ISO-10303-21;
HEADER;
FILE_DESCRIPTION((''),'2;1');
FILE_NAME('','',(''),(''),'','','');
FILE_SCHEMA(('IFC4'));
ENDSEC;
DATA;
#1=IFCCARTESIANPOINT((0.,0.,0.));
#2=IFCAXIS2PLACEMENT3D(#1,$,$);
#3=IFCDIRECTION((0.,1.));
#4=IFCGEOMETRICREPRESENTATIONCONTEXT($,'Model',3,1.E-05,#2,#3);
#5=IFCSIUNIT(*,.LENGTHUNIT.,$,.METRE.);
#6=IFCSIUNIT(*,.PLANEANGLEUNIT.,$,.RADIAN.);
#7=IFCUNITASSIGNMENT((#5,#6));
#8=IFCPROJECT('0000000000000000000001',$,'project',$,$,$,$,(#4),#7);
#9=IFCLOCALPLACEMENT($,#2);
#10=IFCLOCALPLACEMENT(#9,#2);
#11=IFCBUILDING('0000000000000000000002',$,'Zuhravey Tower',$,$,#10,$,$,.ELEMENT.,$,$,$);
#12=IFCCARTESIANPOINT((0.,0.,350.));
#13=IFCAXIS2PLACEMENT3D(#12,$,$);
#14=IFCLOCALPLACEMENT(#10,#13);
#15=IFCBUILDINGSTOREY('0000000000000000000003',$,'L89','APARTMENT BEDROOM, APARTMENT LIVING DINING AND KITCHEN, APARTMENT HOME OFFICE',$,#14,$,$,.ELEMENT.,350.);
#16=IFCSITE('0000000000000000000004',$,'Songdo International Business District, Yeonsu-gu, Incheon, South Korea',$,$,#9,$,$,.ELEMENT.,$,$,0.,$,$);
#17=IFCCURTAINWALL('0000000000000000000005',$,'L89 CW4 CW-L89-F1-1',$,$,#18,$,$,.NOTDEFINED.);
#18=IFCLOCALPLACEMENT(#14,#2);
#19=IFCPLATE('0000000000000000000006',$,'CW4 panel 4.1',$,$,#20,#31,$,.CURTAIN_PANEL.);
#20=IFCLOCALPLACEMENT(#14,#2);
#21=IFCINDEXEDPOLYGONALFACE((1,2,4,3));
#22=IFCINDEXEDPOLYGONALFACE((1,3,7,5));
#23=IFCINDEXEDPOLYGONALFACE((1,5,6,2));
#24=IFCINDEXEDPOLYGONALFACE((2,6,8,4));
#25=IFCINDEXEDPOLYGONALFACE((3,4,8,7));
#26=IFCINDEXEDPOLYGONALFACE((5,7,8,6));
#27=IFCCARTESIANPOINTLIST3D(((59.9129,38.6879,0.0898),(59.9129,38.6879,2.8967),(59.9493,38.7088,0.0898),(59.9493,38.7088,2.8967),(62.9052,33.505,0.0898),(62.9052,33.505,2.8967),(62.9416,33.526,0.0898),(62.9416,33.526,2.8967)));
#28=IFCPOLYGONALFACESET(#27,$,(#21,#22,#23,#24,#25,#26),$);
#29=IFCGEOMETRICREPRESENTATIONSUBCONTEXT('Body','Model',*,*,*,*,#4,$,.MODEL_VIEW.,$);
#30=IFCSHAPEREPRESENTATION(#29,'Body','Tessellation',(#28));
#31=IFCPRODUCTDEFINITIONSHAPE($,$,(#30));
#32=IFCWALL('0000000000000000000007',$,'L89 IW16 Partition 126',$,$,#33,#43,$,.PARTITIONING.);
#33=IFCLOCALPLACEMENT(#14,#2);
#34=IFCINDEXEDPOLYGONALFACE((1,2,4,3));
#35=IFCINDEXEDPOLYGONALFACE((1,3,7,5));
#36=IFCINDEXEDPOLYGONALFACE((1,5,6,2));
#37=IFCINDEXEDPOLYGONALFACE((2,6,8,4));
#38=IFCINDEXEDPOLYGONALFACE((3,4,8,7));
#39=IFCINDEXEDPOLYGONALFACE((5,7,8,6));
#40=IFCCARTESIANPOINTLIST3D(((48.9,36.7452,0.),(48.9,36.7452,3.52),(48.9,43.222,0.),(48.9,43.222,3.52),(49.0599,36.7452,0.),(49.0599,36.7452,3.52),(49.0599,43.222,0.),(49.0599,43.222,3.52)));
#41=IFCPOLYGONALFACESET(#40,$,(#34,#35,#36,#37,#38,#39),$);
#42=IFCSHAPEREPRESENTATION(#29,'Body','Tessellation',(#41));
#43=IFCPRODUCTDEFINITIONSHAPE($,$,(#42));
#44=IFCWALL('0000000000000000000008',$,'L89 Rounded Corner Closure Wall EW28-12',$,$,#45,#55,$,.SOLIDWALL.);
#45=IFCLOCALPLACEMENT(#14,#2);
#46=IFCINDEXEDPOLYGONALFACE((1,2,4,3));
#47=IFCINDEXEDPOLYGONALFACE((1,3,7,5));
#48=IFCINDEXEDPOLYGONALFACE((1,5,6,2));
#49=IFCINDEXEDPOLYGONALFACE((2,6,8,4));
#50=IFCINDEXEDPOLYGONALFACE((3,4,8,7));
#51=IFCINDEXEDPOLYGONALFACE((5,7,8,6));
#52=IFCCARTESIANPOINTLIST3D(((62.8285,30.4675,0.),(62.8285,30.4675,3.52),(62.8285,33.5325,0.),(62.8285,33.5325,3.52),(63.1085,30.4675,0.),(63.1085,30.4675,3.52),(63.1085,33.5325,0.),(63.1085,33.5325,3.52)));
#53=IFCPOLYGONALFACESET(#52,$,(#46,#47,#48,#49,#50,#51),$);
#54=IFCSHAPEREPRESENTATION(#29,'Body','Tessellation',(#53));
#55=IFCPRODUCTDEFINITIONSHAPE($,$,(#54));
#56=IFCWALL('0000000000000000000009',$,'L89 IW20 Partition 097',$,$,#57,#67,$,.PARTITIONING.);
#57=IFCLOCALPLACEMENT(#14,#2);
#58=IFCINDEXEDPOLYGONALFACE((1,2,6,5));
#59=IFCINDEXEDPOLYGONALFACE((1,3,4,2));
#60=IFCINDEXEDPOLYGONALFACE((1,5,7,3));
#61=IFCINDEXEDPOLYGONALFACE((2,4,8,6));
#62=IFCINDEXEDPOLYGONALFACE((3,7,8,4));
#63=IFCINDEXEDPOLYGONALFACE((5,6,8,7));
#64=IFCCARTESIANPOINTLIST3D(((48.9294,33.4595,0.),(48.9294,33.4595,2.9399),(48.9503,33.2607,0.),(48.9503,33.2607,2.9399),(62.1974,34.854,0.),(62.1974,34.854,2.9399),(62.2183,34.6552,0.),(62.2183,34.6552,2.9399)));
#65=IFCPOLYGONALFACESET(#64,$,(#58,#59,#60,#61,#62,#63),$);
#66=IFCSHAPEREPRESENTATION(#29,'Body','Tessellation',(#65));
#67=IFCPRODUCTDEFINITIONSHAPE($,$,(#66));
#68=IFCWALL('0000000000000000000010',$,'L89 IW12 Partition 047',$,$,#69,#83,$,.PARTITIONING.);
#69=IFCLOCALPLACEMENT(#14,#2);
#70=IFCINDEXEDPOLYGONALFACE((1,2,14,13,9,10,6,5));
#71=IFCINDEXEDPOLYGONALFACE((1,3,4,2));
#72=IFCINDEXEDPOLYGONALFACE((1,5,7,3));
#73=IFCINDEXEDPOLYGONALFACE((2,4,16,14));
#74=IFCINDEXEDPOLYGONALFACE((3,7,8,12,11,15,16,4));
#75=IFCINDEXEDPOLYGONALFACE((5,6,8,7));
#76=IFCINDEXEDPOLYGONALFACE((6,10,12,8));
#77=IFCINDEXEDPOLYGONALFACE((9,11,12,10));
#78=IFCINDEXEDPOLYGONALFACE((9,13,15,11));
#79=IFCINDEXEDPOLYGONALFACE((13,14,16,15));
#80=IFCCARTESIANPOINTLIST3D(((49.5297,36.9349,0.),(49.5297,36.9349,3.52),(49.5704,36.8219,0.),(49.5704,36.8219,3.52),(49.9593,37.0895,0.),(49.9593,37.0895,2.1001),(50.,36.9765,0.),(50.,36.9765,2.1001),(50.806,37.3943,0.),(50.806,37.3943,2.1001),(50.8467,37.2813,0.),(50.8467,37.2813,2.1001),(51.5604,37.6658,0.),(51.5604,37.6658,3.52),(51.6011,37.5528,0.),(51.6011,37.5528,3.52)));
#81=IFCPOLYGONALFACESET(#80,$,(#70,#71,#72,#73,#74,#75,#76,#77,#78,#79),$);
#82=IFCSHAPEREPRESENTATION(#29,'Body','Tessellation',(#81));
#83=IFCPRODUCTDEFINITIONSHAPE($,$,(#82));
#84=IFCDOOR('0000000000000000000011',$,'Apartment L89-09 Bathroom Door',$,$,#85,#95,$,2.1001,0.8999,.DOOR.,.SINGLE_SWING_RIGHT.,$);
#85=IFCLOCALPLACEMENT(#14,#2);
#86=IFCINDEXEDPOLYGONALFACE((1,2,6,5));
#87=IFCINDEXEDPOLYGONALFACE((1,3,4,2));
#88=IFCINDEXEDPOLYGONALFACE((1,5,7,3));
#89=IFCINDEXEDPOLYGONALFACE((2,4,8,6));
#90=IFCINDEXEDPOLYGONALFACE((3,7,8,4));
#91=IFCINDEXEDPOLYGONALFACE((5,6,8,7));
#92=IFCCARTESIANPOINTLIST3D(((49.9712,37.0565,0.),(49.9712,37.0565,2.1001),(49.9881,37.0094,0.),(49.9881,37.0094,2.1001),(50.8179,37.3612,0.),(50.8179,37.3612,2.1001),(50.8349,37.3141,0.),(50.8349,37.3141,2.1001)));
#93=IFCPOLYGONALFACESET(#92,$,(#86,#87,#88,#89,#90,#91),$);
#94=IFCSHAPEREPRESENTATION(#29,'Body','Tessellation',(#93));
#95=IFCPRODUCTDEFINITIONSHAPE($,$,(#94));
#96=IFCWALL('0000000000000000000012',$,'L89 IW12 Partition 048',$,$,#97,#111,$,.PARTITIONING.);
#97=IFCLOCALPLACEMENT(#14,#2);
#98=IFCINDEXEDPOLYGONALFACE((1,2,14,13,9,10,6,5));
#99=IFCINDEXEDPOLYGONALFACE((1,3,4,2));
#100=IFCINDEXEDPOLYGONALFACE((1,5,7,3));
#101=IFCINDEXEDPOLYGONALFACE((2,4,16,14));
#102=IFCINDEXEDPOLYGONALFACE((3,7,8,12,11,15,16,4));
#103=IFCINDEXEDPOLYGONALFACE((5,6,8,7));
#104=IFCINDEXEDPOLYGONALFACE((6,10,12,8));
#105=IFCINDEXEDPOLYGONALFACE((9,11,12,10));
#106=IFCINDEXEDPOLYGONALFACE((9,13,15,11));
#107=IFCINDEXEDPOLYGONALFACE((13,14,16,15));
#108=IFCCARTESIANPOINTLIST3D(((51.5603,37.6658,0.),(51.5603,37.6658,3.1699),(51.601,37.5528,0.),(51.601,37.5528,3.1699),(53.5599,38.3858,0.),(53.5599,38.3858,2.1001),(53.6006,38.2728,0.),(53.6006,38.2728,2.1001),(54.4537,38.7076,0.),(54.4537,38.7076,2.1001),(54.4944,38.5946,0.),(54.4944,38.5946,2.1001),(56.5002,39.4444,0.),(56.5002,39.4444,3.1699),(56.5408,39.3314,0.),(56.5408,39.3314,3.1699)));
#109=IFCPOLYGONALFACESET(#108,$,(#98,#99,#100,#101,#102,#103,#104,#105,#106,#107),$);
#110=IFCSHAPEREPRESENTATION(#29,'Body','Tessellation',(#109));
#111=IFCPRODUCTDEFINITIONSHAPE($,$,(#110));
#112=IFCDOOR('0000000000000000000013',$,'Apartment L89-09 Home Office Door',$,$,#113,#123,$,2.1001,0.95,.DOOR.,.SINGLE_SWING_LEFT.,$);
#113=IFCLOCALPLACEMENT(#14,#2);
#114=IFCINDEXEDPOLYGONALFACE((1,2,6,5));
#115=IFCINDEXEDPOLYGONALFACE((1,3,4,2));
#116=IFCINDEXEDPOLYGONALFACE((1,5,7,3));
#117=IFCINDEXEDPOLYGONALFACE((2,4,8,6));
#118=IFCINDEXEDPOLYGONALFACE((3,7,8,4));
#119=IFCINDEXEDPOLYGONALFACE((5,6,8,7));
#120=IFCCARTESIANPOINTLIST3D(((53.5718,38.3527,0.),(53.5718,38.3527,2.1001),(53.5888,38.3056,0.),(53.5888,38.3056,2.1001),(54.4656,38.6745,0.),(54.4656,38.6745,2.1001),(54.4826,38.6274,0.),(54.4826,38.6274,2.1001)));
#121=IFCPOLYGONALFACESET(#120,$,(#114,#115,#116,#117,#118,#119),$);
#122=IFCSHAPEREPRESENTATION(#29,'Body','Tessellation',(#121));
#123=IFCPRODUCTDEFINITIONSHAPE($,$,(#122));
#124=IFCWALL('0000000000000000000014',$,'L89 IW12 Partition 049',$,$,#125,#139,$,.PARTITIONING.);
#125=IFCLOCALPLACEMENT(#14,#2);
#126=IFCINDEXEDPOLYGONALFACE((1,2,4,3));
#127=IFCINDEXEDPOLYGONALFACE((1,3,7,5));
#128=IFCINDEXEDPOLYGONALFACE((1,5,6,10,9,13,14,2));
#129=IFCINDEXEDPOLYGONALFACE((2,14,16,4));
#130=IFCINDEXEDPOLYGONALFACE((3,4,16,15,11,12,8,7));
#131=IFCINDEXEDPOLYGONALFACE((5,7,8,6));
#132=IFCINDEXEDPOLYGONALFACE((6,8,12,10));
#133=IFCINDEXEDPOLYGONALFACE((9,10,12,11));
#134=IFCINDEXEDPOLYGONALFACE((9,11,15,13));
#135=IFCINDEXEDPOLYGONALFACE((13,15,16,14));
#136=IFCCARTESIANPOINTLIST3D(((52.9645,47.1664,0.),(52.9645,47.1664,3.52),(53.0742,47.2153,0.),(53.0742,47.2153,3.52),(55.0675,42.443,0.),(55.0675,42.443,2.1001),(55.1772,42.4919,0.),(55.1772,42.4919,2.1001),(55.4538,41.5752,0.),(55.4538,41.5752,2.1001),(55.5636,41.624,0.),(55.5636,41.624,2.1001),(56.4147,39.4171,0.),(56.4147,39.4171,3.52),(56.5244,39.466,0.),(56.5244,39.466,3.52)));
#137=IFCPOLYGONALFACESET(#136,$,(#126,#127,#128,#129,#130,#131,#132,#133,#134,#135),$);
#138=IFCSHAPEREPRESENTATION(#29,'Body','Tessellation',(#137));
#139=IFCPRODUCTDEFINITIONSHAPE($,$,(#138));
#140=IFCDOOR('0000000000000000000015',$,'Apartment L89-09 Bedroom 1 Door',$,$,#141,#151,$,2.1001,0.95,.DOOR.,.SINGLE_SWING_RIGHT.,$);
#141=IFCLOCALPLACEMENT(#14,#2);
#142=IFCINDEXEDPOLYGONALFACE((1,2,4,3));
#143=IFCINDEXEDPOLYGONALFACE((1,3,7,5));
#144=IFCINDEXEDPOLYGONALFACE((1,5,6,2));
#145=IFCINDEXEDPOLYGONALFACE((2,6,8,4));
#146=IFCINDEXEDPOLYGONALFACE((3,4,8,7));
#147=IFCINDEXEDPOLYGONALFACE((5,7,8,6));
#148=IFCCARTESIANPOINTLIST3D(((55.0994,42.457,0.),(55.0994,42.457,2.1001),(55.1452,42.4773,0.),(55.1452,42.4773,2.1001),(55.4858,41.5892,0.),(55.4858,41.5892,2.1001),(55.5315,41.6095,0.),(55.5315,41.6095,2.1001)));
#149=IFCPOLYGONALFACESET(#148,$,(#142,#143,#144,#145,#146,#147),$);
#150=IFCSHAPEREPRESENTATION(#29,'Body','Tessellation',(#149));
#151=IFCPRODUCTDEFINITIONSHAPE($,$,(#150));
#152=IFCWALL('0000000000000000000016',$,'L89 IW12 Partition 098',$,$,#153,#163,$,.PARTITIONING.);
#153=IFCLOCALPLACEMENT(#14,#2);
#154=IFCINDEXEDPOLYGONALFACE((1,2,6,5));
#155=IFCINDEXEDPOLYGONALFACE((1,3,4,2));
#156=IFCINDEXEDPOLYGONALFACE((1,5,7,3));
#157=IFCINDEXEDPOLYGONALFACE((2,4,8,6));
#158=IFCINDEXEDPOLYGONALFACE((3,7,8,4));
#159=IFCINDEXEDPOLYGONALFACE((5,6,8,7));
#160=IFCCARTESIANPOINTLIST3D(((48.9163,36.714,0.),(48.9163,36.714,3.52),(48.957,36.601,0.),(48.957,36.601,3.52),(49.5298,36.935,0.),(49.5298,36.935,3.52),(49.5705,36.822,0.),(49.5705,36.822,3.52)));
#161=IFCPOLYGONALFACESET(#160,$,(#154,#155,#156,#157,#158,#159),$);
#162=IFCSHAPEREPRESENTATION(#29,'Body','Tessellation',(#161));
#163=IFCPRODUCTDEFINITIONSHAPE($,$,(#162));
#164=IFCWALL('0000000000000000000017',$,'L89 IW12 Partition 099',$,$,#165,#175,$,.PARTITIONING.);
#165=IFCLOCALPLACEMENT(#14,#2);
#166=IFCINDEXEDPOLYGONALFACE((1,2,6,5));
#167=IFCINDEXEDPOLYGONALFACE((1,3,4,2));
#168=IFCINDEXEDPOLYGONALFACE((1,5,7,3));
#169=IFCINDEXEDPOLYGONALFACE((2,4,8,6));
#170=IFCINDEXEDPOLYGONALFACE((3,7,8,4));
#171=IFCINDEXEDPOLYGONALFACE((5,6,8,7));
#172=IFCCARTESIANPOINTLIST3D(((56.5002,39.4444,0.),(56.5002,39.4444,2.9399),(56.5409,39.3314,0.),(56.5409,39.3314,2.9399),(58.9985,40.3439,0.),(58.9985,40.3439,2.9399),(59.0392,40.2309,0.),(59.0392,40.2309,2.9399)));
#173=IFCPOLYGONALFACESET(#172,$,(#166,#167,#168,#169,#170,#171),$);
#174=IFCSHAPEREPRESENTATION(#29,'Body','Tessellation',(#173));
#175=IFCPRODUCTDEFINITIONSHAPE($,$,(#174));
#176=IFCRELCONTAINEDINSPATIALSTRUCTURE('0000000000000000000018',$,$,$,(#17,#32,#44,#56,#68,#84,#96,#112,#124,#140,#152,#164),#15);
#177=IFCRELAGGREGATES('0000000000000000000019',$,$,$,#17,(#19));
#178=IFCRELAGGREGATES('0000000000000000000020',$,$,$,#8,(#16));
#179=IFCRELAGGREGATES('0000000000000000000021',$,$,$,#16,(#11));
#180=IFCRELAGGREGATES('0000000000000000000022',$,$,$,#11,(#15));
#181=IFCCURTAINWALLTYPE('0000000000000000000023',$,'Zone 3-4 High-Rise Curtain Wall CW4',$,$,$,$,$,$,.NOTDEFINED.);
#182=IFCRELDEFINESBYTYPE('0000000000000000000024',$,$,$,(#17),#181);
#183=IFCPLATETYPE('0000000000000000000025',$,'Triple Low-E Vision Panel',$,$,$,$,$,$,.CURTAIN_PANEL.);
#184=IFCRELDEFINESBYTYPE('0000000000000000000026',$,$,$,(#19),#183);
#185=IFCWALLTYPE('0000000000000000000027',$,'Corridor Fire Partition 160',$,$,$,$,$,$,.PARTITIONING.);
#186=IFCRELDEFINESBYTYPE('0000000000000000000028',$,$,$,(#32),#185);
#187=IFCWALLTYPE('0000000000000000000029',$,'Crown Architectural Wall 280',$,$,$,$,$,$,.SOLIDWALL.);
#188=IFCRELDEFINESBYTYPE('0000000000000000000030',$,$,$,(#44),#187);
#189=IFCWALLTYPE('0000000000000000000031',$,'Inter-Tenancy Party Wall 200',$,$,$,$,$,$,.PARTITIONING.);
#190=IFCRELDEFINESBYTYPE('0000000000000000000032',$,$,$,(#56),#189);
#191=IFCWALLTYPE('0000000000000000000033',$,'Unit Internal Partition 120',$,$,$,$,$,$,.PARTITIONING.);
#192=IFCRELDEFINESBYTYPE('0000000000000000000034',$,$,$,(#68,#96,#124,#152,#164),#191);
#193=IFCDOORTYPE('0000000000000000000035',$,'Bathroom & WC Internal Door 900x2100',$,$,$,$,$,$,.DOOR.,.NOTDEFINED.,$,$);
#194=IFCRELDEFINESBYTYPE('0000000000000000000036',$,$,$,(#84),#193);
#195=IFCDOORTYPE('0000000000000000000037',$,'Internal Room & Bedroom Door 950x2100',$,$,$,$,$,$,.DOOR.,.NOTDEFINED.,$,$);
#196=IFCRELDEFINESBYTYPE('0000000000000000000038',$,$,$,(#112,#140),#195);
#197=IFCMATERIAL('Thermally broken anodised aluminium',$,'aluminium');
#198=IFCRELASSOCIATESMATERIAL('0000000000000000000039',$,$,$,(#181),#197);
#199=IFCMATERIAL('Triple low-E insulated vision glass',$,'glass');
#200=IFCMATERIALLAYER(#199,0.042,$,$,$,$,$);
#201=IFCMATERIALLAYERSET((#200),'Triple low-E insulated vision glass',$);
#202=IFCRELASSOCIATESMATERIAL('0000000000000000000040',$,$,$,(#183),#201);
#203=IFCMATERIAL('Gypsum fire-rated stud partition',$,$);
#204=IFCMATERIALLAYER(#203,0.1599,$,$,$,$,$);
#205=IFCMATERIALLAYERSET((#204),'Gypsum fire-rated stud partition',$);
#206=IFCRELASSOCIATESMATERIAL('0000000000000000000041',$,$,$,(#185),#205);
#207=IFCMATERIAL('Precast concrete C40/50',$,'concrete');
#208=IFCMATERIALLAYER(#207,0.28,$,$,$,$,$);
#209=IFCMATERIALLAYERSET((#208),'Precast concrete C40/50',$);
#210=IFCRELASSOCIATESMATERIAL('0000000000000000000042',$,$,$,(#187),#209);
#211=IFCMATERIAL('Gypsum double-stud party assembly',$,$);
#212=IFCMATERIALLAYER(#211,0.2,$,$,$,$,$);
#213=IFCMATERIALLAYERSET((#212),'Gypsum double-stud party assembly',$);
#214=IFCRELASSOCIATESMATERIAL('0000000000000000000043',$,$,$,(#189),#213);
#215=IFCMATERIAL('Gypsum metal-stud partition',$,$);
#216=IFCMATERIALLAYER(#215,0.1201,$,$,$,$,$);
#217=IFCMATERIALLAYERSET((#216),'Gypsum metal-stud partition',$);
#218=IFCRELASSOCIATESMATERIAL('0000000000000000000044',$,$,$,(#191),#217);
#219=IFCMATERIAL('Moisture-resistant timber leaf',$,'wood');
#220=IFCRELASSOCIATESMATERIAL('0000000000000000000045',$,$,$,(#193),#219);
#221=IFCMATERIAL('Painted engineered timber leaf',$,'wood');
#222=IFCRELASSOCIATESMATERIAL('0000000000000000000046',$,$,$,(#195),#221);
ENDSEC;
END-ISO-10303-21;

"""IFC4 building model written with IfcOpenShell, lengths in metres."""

from ifc_helpers import new_model, si_unit, direction, frame, frame_2d, origin, origin_2d, place, context, subcontext, project, spatial, rectangle, extrude, material, layer, layer_set, type_object, element, fill, aggregate, save


model = new_model("IFC4")

# Units and contexts
model_context = context("Model", 3, precision=1e-05, world=origin(), true_north=direction((0.0, 1.0)))
body_context = subcontext(model_context, "Body", "Model", "MODEL_VIEW")
ifc_project = project(units=[si_unit("LENGTHUNIT", "METRE"), si_unit("PLANEANGLEUNIT", "RADIAN")], contexts=[model_context])

# Site, building, storey
site_placement = place(None, origin())
site = spatial("IfcSite", under=ifc_project, at=site_placement, Name="Songdo International Business District, Yeonsu-gu, Incheon, South Korea", CompositionType="ELEMENT", RefElevation=0.0)
building_placement = place(site_placement, origin())
building = spatial("IfcBuilding", under=site, at=building_placement, Name="Zuhravey Tower", CompositionType="ELEMENT")
storey_placement = place(building_placement, frame((0.0, 0.0, 350.0)))
storey = spatial("IfcBuildingStorey", under=building, at=storey_placement, Name="L89", Description="APARTMENT BEDROOM, APARTMENT LIVING DINING AND KITCHEN, APARTMENT HOME OFFICE", CompositionType="ELEMENT", Elevation=350.0)

# Curtain wall
ifc_material_1 = material(Name="Thermally broken anodised aluminium", Category="aluminium")
curtain_wall_type = type_object("IfcCurtainWallType", Name="Zone 3-4 High-Rise Curtain Wall CW4", PredefinedType="NOTDEFINED", material=ifc_material_1)
curtain_wall_placement = place(storey_placement, origin())
curtain_wall = element("IfcCurtainWall", 1, at=curtain_wall_placement, inside=storey, type_object=curtain_wall_type, Name="L89 CW4 CW-L89-F1-1", PredefinedType="NOTDEFINED")

# Plate
ifc_material_2 = material(Name="Triple low-E insulated vision glass", Category="glass")
ifc_layer_1 = layer(ifc_material_2, 0.042)
ifc_layer_set_1 = layer_set([ifc_layer_1], Name="Triple low-E insulated vision glass")
plate_type = type_object("IfcPlateType", Name="Triple Low-E Vision Panel", PredefinedType="CURTAIN_PANEL", material=ifc_layer_set_1)
plate_placement = place(storey_placement, frame((61.4272, 36.1069, 0.0898), z_axis=(0.0, 0.0, 1.0), x_axis=(0.5, -0.866026, 0.0)))
plate = element("IfcPlate", 2, at=plate_placement, type_object=plate_type, Name="CW4 panel 4.1", PredefinedType="CURTAIN_PANEL", context=body_context, shape_type="SweptSolid", body=[
    extrude(rectangle(XDim=5.9846, YDim=0.042, at=origin_2d()), origin(), (0.0, 0.0, 1.0), 2.8069),
])
aggregate(curtain_wall, [plate])

# Shared definitions
ifc_material_3 = material(Name="Gypsum fire-rated stud partition")
ifc_layer_2 = layer(ifc_material_3, 0.1599)
ifc_layer_set_2 = layer_set([ifc_layer_2], Name="Gypsum fire-rated stud partition")
wall_type_1 = type_object("IfcWallType", Name="Corridor Fire Partition 160", PredefinedType="PARTITIONING", material=ifc_layer_set_2)

# Walls
wall_1_placement = place(storey_placement, frame((48.98, 36.7454, 0.0), z_axis=(0.0, 0.0, 1.0), x_axis=(0.0, 1.0, 0.0)))
element("IfcWall", 3, at=wall_1_placement, inside=storey, type_object=wall_type_1, Name="L89 IW16 Partition 126", PredefinedType="PARTITIONING", context=body_context, shape_type="SweptSolid", body=[
    extrude(rectangle(XDim=6.4768, YDim=0.1599, at=frame_2d((3.2383, 0.0))), origin(), (0.0, 0.0, 1.0), 3.52),
])
ifc_material_4 = material(Name="Precast concrete C40/50", Category="concrete")
ifc_layer_3 = layer(ifc_material_4, 0.28)
ifc_layer_set_3 = layer_set([ifc_layer_3], Name="Precast concrete C40/50")
wall_type_2 = type_object("IfcWallType", Name="Crown Architectural Wall 280", PredefinedType="SOLIDWALL", material=ifc_layer_set_3)
wall_2_placement = place(storey_placement, frame((62.9685, 33.5325, 0.0), z_axis=(0.0, 0.0, 1.0), x_axis=(0.0, -1.0, 0.0)))
element("IfcWall", 4, at=wall_2_placement, inside=storey, type_object=wall_type_2, Name="L89 Rounded Corner Closure Wall EW28-12", PredefinedType="SOLIDWALL", context=body_context, shape_type="SweptSolid", body=[
    extrude(rectangle(XDim=3.0649, YDim=0.28, at=frame_2d((1.5325, 0.0))), origin(), (0.0, 0.0, 1.0), 3.52),
])
ifc_material_5 = material(Name="Gypsum double-stud party assembly")
ifc_layer_4 = layer(ifc_material_5, 0.2)
ifc_layer_set_4 = layer_set([ifc_layer_4], Name="Gypsum double-stud party assembly")
wall_type_3 = type_object("IfcWallType", Name="Inter-Tenancy Party Wall 200", PredefinedType="PARTITIONING", material=ifc_layer_set_4)
wall_3_placement = place(storey_placement, frame((48.9399, 33.3601, 0.0), z_axis=(0.0, 0.0, 1.0), x_axis=(0.994522, 0.104529, 0.0)))
element("IfcWall", 5, at=wall_3_placement, inside=storey, type_object=wall_type_3, Name="L89 IW20 Partition 097", PredefinedType="PARTITIONING", context=body_context, shape_type="SweptSolid", body=[
    extrude(rectangle(XDim=13.3411, YDim=0.2, at=frame_2d((6.6704, 0.0))), origin(), (0.0, 0.0, 1.0), 2.9399),
])

# Walls, openings, doors
ifc_material_6 = material(Name="Gypsum metal-stud partition")
ifc_layer_5 = layer(ifc_material_6, 0.1201)
ifc_layer_set_5 = layer_set([ifc_layer_5], Name="Gypsum metal-stud partition")
wall_type_4 = type_object("IfcWallType", Name="Unit Internal Partition 120", PredefinedType="PARTITIONING", material=ifc_layer_set_5)
wall_4_placement = place(storey_placement, frame((49.55, 36.8784, 0.0), z_axis=(0.0, 0.0, 1.0), x_axis=(0.940905, 0.338671, 0.0)))
wall_4 = element("IfcWall", 6, at=wall_4_placement, inside=storey, type_object=wall_type_4, Name="L89 IW12 Partition 047", PredefinedType="PARTITIONING", context=body_context, shape_type="SweptSolid", body=[
    extrude(rectangle(XDim=2.1582, YDim=0.1201, at=frame_2d((1.0791, 0.0))), origin(), (0.0, 0.0, 1.0), 3.52),
])
opening_1_placement = place(wall_4_placement, frame((0.4565, 0.0, 0.0)))
opening_1 = element("IfcOpeningElement", 7, at=opening_1_placement, cuts=wall_4, PredefinedType="OPENING", context=body_context, shape_type="SweptSolid", body=[
    extrude(rectangle(XDim=0.8999, YDim=2.1001, at=frame_2d((0.45, 1.05))), frame((0.0, 0.072, 0.0), z_axis=(0.0, -1.0, 0.0), x_axis=(1.0, 0.0, 0.0)), (0.0, 0.0, 1.0), 0.144),
])
ifc_material_7 = material(Name="Moisture-resistant timber leaf", Category="wood")
door_type_1 = type_object("IfcDoorType", Name="Bathroom & WC Internal Door 900x2100", OperationType="NOTDEFINED", PredefinedType="DOOR", material=ifc_material_7)
door_1_placement = place(opening_1_placement, origin())
door_1 = element("IfcDoor", 8, at=door_1_placement, inside=storey, type_object=door_type_1, Name="Apartment L89-09 Bathroom Door", OperationType="SINGLE_SWING_RIGHT", OverallHeight=2.1001, OverallWidth=0.8999, PredefinedType="DOOR", context=body_context, shape_type="SweptSolid", body=[
    extrude(rectangle(XDim=0.8999, YDim=2.1001, at=frame_2d((0.45, 1.05))), frame((0.0, 0.0249, 0.0), z_axis=(0.0, -1.0, 0.0), x_axis=(1.0, 0.0, 0.0)), (0.0, 0.0, 1.0), 0.05),
])
fill(opening_1, door_1)
wall_5_placement = place(storey_placement, frame((51.5808, 37.6094, 0.0), z_axis=(0.0, 0.0, 1.0), x_axis=(0.940871, 0.338766, 0.0)))
wall_5 = element("IfcWall", 9, at=wall_5_placement, inside=storey, type_object=wall_type_4, Name="L89 IW12 Partition 048", PredefinedType="PARTITIONING", context=body_context, shape_type="SweptSolid", body=[
    extrude(rectangle(XDim=5.2502, YDim=0.1201, at=frame_2d((2.625, 0.0))), origin(), (0.0, 0.0, 1.0), 3.1699),
])
opening_2_placement = place(wall_5_placement, frame((2.125, 0.0, 0.0)))
opening_2 = element("IfcOpeningElement", 10, at=opening_2_placement, cuts=wall_5, PredefinedType="OPENING", context=body_context, shape_type="SweptSolid", body=[
    extrude(rectangle(XDim=0.95, YDim=2.1001, at=frame_2d((0.4751, 1.05))), frame((0.0, 0.072, 0.0), z_axis=(0.0, -1.0, 0.0), x_axis=(1.0, 0.0, 0.0)), (0.0, 0.0, 1.0), 0.144),
])
ifc_material_8 = material(Name="Painted engineered timber leaf", Category="wood")
door_type_2 = type_object("IfcDoorType", Name="Internal Room & Bedroom Door 950x2100", OperationType="NOTDEFINED", PredefinedType="DOOR", material=ifc_material_8)
door_2_placement = place(opening_2_placement, origin())
door_2 = element("IfcDoor", 11, at=door_2_placement, inside=storey, type_object=door_type_2, Name="Apartment L89-09 Home Office Door", OperationType="SINGLE_SWING_LEFT", OverallHeight=2.1001, OverallWidth=0.95, PredefinedType="DOOR", context=body_context, shape_type="SweptSolid", body=[
    extrude(rectangle(XDim=0.95, YDim=2.1001, at=frame_2d((0.4751, 1.05))), frame((0.0, 0.0249, 0.0), z_axis=(0.0, -1.0, 0.0), x_axis=(1.0, 0.0, 0.0)), (0.0, 0.0, 1.0), 0.05),
])
fill(opening_2, door_2)
wall_6_placement = place(storey_placement, frame((56.4695, 39.4417, 0.0), z_axis=(0.0, 0.0, 1.0), x_axis=(-0.406737, 0.913545, 0.0)))
wall_6 = element("IfcWall", 12, at=wall_6_placement, inside=storey, type_object=wall_type_4, Name="L89 IW12 Partition 049", PredefinedType="PARTITIONING", context=body_context, shape_type="SweptSolid", body=[
    extrude(rectangle(XDim=8.4827, YDim=0.1201, at=frame_2d((4.2412, 0.0))), origin(), (0.0, 0.0, 1.0), 3.52),
])
opening_3_placement = place(wall_6_placement, frame((2.3621, 0.0, 0.0)))
opening_3 = element("IfcOpeningElement", 13, at=opening_3_placement, cuts=wall_6, PredefinedType="OPENING", context=body_context, shape_type="SweptSolid", body=[
    extrude(rectangle(XDim=0.95, YDim=2.1001, at=frame_2d((0.4751, 1.05))), frame((0.0, 0.072, 0.0), z_axis=(0.0, -1.0, 0.0), x_axis=(1.0, 0.0, 0.0)), (0.0, 0.0, 1.0), 0.144),
])
door_3_placement = place(opening_3_placement, frame((0.95, 0.0, 0.0), z_axis=(0.0, 0.0, 1.0), x_axis=(-1.0, 0.0, 0.0)))
door_3 = element("IfcDoor", 14, at=door_3_placement, inside=storey, type_object=door_type_2, Name="Apartment L89-09 Bedroom 1 Door", OperationType="SINGLE_SWING_RIGHT", OverallHeight=2.1001, OverallWidth=0.95, PredefinedType="DOOR", context=body_context, shape_type="SweptSolid", body=[
    extrude(rectangle(XDim=0.95, YDim=2.1001, at=frame_2d((0.4751, 1.05))), frame((0.0, 0.0249, 0.0), z_axis=(0.0, -1.0, 0.0), x_axis=(1.0, 0.0, 0.0)), (0.0, 0.0, 1.0), 0.05),
])
fill(opening_3, door_3)

# Walls
wall_7_placement = place(storey_placement, frame((48.9365, 36.6575, 0.0), z_axis=(0.0, 0.0, 1.0), x_axis=(0.940849, 0.338826, 0.0)))
element("IfcWall", 15, at=wall_7_placement, inside=storey, type_object=wall_type_4, Name="L89 IW12 Partition 098", PredefinedType="PARTITIONING", context=body_context, shape_type="SweptSolid", body=[
    extrude(rectangle(XDim=0.6521, YDim=0.1201, at=frame_2d((0.3262, 0.0))), origin(), (0.0, 0.0, 1.0), 3.52),
])
wall_8_placement = place(storey_placement, frame((56.5205, 39.3879, 0.0), z_axis=(0.0, 0.0, 1.0), x_axis=(0.940884, 0.338729, 0.0)))
element("IfcWall", 16, at=wall_8_placement, inside=storey, type_object=wall_type_4, Name="L89 IW12 Partition 099", PredefinedType="PARTITIONING", context=body_context, shape_type="SweptSolid", body=[
    extrude(rectangle(XDim=2.6553, YDim=0.1201, at=frame_2d((1.3276, 0.0))), origin(), (0.0, 0.0, 1.0), 2.9399),
])

save(model, "model.ifc")
